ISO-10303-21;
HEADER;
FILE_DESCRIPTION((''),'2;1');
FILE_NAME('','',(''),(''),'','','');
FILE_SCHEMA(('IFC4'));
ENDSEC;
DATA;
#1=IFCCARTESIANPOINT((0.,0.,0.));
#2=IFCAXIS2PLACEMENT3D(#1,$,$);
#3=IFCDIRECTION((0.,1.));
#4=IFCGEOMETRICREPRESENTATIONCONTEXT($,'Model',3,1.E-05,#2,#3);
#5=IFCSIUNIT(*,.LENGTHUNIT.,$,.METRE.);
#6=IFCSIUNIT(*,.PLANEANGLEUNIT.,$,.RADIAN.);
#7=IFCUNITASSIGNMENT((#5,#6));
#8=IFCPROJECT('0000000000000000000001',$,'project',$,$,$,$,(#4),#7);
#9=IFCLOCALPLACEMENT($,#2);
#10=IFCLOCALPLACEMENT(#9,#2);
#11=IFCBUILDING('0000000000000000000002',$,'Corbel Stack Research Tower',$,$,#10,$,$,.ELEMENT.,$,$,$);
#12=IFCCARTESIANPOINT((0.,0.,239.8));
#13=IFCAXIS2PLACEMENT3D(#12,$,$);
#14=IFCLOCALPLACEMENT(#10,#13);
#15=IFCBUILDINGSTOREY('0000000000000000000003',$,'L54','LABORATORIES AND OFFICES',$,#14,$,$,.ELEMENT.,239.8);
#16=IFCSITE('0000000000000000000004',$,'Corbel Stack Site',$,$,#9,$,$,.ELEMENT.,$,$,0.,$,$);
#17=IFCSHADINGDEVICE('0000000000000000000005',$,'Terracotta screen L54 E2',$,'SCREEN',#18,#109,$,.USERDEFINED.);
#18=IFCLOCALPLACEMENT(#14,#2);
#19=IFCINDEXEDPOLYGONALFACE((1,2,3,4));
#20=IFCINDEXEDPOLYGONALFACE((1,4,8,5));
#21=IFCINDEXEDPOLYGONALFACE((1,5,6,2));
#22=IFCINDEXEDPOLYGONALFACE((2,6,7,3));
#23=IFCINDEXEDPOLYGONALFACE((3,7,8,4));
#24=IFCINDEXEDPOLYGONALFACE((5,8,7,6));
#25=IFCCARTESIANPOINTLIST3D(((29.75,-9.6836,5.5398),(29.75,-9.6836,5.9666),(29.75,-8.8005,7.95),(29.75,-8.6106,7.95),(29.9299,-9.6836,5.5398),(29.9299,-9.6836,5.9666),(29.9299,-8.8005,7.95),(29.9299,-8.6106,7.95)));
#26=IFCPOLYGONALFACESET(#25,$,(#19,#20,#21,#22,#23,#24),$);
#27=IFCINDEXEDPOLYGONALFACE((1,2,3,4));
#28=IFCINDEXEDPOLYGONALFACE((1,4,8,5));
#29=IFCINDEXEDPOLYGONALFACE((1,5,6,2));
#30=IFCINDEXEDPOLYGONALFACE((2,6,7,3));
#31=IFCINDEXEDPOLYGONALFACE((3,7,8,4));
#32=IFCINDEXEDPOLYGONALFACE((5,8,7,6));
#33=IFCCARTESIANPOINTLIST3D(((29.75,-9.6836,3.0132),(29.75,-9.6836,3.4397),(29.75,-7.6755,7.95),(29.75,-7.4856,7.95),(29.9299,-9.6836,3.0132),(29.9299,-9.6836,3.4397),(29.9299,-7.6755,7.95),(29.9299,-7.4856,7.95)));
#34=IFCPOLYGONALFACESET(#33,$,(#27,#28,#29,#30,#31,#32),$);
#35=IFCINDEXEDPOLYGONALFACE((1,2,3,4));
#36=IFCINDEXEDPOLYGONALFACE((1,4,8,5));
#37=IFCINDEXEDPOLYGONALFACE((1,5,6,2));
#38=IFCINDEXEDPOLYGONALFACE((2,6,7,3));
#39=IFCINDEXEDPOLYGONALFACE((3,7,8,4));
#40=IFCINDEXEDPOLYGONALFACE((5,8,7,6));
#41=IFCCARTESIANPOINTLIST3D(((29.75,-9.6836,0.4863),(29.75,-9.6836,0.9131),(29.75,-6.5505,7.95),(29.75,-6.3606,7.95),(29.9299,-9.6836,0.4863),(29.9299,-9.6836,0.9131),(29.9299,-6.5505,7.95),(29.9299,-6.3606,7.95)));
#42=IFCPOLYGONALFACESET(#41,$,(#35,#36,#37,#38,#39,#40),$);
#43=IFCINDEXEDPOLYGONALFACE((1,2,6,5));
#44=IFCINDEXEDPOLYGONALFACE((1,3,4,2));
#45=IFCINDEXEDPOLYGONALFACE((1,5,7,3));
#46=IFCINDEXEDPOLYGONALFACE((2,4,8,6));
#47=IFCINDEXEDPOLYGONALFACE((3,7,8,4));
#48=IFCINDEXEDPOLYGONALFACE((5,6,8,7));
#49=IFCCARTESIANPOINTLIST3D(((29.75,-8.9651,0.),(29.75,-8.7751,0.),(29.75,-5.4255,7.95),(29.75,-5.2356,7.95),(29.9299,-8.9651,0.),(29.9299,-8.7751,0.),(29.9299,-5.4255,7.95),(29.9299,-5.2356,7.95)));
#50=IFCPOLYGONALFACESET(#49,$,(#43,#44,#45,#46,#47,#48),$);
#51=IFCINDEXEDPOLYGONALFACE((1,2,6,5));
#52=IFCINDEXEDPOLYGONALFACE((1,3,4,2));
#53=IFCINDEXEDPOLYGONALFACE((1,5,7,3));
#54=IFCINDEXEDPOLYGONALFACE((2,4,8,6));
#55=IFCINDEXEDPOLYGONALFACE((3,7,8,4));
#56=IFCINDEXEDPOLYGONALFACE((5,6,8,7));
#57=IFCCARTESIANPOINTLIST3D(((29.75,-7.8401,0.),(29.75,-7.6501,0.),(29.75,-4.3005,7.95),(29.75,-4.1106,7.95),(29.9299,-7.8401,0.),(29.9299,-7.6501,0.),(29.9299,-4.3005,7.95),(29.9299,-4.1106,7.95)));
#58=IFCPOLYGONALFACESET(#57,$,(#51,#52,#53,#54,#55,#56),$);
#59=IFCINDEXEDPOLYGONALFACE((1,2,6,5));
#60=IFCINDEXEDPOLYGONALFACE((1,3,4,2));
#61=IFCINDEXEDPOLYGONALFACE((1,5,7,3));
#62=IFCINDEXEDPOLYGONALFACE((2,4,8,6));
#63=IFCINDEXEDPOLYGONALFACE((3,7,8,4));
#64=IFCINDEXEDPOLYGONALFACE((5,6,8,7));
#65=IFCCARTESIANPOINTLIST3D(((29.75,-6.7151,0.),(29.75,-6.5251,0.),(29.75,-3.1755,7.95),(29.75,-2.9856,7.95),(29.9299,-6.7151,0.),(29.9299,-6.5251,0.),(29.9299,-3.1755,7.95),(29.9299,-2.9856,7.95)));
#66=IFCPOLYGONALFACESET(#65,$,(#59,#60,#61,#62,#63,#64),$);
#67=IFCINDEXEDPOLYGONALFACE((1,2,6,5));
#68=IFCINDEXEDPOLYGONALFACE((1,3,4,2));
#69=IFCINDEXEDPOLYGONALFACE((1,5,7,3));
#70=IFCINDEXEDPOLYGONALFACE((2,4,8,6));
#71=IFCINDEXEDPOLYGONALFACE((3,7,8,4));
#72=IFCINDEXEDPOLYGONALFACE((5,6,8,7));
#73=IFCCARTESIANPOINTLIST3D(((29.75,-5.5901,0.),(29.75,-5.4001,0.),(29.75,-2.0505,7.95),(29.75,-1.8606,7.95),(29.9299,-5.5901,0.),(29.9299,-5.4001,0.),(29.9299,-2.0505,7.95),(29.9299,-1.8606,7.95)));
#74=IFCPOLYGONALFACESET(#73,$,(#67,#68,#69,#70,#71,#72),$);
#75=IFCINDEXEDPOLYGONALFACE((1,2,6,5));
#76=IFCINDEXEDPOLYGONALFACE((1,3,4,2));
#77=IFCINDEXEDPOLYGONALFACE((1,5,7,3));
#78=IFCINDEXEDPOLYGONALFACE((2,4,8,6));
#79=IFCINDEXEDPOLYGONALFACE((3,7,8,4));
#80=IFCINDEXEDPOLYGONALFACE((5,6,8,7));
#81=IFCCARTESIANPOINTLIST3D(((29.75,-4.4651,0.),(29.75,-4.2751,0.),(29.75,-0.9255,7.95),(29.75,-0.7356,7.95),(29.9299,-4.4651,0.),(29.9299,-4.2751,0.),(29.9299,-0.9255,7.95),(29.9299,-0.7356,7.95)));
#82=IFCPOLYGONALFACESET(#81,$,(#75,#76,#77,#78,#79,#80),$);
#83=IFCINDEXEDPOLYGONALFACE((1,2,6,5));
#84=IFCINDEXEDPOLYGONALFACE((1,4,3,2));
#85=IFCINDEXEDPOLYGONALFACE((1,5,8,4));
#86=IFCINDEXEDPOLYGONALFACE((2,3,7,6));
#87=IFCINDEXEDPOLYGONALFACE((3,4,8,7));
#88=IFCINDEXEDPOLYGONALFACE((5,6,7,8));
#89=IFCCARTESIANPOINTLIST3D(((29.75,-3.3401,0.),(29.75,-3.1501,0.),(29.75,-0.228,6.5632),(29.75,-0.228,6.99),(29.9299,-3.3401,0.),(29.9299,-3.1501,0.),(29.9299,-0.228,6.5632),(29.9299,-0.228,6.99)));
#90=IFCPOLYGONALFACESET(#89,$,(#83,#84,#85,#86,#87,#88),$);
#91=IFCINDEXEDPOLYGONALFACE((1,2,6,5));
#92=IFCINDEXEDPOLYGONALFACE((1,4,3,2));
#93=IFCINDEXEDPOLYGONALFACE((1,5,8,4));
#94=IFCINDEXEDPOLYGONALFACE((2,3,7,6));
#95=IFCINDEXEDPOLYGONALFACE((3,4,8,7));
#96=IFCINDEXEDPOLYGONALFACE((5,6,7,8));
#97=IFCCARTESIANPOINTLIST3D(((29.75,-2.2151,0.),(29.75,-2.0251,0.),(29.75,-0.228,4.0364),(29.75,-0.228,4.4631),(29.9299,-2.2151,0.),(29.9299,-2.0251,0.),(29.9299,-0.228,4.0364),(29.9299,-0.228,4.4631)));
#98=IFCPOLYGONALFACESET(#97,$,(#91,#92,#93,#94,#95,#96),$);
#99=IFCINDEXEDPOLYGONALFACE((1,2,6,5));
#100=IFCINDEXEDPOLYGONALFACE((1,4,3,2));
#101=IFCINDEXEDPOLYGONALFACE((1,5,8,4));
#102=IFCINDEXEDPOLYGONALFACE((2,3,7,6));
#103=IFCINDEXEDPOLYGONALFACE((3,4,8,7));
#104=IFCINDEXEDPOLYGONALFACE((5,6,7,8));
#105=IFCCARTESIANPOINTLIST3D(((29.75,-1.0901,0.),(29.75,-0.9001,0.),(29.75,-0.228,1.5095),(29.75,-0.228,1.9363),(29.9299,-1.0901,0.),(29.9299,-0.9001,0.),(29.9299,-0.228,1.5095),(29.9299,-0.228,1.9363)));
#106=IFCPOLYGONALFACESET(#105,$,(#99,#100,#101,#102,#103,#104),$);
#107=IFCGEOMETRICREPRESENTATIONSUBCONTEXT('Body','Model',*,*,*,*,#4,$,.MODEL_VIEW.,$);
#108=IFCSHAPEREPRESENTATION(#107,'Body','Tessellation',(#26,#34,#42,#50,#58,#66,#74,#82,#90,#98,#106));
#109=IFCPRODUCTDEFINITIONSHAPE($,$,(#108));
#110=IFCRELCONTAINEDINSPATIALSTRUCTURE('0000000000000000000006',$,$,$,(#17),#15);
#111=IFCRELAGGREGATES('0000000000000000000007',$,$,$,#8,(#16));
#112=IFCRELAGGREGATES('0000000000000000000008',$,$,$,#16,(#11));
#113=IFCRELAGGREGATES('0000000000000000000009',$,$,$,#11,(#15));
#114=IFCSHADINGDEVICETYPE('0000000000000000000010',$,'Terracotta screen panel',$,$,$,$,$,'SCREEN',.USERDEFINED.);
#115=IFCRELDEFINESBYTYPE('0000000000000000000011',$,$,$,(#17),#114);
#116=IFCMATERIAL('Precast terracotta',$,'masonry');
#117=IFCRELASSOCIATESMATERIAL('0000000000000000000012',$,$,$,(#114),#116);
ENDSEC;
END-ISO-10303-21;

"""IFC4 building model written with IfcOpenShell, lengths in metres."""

from ifc_helpers import new_model, si_unit, direction, frame, origin, place, context, subcontext, project, spatial, polyline, outline, extrude, source, transform, mapped, material, type_object, element, save


model = new_model("IFC4")

# Units and contexts
model_context = context("Model", 3, precision=1e-05, world=origin(), true_north=direction((0.0, 1.0)))
body_context = subcontext(model_context, "Body", "Model", "MODEL_VIEW")
ifc_project = project(units=[si_unit("LENGTHUNIT", "METRE"), si_unit("PLANEANGLEUNIT", "RADIAN")], contexts=[model_context])

# Site, building, storey
site_placement = place(None, origin())
site = spatial("IfcSite", under=ifc_project, at=site_placement, Name="Corbel Stack Site", CompositionType="ELEMENT", RefElevation=0.0)
building_placement = place(site_placement, origin())
building = spatial("IfcBuilding", under=site, at=building_placement, Name="Corbel Stack Research Tower", CompositionType="ELEMENT")
storey_placement = place(building_placement, frame((0.0, 0.0, 239.8)))
storey = spatial("IfcBuildingStorey", under=building, at=storey_placement, Name="L54", Description="LABORATORIES AND OFFICES", CompositionType="ELEMENT", Elevation=239.8)

# Shading device
ifc_material_1 = material(Name="Precast terracotta", Category="masonry")
shading_device_type = type_object("IfcShadingDeviceType", Name="Terracotta screen panel", ElementType="SCREEN", PredefinedType="USERDEFINED", material=ifc_material_1)
shared_shape_1 = source(origin(), body_context, "Body", "SweptSolid", [
    extrude(outline(polyline([(1.073, 7.95), (0.8831, 7.95), (0.0, 5.9666), (0.0, 5.5398), (1.073, 7.95)])), frame((0.0, 0.0, 0.0), z_axis=(0.0, -1.0, 0.0), x_axis=(1.0, 0.0, 0.0)), (0.0, 0.0, 1.0), 0.1799),
    extrude(outline(polyline([(2.198, 7.95), (2.0081, 7.95), (0.0, 3.4397), (0.0, 3.0132), (2.198, 7.95)])), frame((0.0, 0.0, 0.0), z_axis=(0.0, -1.0, 0.0), x_axis=(1.0, 0.0, 0.0)), (0.0, 0.0, 1.0), 0.1799),
    extrude(outline(polyline([(3.323, 7.95), (3.1331, 7.95), (0.0, 0.9131), (0.0, 0.4863), (3.323, 7.95)])), frame((0.0, 0.0, 0.0), z_axis=(0.0, -1.0, 0.0), x_axis=(1.0, 0.0, 0.0)), (0.0, 0.0, 1.0), 0.1799),
    extrude(outline(polyline([(0.9084, 0.0), (4.448, 7.95), (4.2581, 7.95), (0.7185, 0.0), (0.9084, 0.0)])), frame((0.0, 0.0, 0.0), z_axis=(0.0, -1.0, 0.0), x_axis=(1.0, 0.0, 0.0)), (0.0, 0.0, 1.0), 0.1799),
    extrude(outline(polyline([(2.0334, 0.0), (5.573, 7.95), (5.3831, 7.95), (1.8435, 0.0), (2.0334, 0.0)])), frame((0.0, 0.0, 0.0), z_axis=(0.0, -1.0, 0.0), x_axis=(1.0, 0.0, 0.0)), (0.0, 0.0, 1.0), 0.1799),
    extrude(outline(polyline([(3.1584, 0.0), (6.698, 7.95), (6.5081, 7.95), (2.9685, 0.0), (3.1584, 0.0)])), frame((0.0, 0.0, 0.0), z_axis=(0.0, -1.0, 0.0), x_axis=(1.0, 0.0, 0.0)), (0.0, 0.0, 1.0), 0.1799),
    extrude(outline(polyline([(4.2834, 0.0), (7.823, 7.95), (7.6331, 7.95), (4.0935, 0.0), (4.2834, 0.0)])), frame((0.0, 0.0, 0.0), z_axis=(0.0, -1.0, 0.0), x_axis=(1.0, 0.0, 0.0)), (0.0, 0.0, 1.0), 0.1799),
    extrude(outline(polyline([(5.4084, 0.0), (8.948, 7.95), (8.7581, 7.95), (5.2185, 0.0), (5.4084, 0.0)])), frame((0.0, 0.0, 0.0), z_axis=(0.0, -1.0, 0.0), x_axis=(1.0, 0.0, 0.0)), (0.0, 0.0, 1.0), 0.1799),
    extrude(outline(polyline([(6.5334, 0.0), (9.4556, 6.5632), (9.4556, 6.99), (6.3435, 0.0), (6.5334, 0.0)])), frame((0.0, 0.0, 0.0), z_axis=(0.0, -1.0, 0.0), x_axis=(1.0, 0.0, 0.0)), (0.0, 0.0, 1.0), 0.1799),
    extrude(outline(polyline([(7.6584, 0.0), (9.4556, 4.0364), (9.4556, 4.4631), (7.4685, 0.0), (7.6584, 0.0)])), frame((0.0, 0.0, 0.0), z_axis=(0.0, -1.0, 0.0), x_axis=(1.0, 0.0, 0.0)), (0.0, 0.0, 1.0), 0.1799),
    extrude(outline(polyline([(8.7834, 0.0), (9.4556, 1.5095), (9.4556, 1.9363), (8.5935, 0.0), (8.7834, 0.0)])), frame((0.0, 0.0, 0.0), z_axis=(0.0, -1.0, 0.0), x_axis=(1.0, 0.0, 0.0)), (0.0, 0.0, 1.0), 0.1799),
])
shading_device_1_placement = place(storey_placement, frame((29.75, -9.6836, 0.0), z_axis=(0.0, 0.0, 1.0), x_axis=(0.0, 1.0, 0.0)))
element("IfcShadingDevice", 1, at=shading_device_1_placement, inside=storey, type_object=shading_device_type, Name="Terracotta screen L54 E2", ObjectType="SCREEN", PredefinedType="USERDEFINED", context=body_context, shape_type="MappedRepresentation", body=[
    mapped(shared_shape_1, transform((0.0, 0.0, 0.0))),
])

save(model, "model.ifc")
